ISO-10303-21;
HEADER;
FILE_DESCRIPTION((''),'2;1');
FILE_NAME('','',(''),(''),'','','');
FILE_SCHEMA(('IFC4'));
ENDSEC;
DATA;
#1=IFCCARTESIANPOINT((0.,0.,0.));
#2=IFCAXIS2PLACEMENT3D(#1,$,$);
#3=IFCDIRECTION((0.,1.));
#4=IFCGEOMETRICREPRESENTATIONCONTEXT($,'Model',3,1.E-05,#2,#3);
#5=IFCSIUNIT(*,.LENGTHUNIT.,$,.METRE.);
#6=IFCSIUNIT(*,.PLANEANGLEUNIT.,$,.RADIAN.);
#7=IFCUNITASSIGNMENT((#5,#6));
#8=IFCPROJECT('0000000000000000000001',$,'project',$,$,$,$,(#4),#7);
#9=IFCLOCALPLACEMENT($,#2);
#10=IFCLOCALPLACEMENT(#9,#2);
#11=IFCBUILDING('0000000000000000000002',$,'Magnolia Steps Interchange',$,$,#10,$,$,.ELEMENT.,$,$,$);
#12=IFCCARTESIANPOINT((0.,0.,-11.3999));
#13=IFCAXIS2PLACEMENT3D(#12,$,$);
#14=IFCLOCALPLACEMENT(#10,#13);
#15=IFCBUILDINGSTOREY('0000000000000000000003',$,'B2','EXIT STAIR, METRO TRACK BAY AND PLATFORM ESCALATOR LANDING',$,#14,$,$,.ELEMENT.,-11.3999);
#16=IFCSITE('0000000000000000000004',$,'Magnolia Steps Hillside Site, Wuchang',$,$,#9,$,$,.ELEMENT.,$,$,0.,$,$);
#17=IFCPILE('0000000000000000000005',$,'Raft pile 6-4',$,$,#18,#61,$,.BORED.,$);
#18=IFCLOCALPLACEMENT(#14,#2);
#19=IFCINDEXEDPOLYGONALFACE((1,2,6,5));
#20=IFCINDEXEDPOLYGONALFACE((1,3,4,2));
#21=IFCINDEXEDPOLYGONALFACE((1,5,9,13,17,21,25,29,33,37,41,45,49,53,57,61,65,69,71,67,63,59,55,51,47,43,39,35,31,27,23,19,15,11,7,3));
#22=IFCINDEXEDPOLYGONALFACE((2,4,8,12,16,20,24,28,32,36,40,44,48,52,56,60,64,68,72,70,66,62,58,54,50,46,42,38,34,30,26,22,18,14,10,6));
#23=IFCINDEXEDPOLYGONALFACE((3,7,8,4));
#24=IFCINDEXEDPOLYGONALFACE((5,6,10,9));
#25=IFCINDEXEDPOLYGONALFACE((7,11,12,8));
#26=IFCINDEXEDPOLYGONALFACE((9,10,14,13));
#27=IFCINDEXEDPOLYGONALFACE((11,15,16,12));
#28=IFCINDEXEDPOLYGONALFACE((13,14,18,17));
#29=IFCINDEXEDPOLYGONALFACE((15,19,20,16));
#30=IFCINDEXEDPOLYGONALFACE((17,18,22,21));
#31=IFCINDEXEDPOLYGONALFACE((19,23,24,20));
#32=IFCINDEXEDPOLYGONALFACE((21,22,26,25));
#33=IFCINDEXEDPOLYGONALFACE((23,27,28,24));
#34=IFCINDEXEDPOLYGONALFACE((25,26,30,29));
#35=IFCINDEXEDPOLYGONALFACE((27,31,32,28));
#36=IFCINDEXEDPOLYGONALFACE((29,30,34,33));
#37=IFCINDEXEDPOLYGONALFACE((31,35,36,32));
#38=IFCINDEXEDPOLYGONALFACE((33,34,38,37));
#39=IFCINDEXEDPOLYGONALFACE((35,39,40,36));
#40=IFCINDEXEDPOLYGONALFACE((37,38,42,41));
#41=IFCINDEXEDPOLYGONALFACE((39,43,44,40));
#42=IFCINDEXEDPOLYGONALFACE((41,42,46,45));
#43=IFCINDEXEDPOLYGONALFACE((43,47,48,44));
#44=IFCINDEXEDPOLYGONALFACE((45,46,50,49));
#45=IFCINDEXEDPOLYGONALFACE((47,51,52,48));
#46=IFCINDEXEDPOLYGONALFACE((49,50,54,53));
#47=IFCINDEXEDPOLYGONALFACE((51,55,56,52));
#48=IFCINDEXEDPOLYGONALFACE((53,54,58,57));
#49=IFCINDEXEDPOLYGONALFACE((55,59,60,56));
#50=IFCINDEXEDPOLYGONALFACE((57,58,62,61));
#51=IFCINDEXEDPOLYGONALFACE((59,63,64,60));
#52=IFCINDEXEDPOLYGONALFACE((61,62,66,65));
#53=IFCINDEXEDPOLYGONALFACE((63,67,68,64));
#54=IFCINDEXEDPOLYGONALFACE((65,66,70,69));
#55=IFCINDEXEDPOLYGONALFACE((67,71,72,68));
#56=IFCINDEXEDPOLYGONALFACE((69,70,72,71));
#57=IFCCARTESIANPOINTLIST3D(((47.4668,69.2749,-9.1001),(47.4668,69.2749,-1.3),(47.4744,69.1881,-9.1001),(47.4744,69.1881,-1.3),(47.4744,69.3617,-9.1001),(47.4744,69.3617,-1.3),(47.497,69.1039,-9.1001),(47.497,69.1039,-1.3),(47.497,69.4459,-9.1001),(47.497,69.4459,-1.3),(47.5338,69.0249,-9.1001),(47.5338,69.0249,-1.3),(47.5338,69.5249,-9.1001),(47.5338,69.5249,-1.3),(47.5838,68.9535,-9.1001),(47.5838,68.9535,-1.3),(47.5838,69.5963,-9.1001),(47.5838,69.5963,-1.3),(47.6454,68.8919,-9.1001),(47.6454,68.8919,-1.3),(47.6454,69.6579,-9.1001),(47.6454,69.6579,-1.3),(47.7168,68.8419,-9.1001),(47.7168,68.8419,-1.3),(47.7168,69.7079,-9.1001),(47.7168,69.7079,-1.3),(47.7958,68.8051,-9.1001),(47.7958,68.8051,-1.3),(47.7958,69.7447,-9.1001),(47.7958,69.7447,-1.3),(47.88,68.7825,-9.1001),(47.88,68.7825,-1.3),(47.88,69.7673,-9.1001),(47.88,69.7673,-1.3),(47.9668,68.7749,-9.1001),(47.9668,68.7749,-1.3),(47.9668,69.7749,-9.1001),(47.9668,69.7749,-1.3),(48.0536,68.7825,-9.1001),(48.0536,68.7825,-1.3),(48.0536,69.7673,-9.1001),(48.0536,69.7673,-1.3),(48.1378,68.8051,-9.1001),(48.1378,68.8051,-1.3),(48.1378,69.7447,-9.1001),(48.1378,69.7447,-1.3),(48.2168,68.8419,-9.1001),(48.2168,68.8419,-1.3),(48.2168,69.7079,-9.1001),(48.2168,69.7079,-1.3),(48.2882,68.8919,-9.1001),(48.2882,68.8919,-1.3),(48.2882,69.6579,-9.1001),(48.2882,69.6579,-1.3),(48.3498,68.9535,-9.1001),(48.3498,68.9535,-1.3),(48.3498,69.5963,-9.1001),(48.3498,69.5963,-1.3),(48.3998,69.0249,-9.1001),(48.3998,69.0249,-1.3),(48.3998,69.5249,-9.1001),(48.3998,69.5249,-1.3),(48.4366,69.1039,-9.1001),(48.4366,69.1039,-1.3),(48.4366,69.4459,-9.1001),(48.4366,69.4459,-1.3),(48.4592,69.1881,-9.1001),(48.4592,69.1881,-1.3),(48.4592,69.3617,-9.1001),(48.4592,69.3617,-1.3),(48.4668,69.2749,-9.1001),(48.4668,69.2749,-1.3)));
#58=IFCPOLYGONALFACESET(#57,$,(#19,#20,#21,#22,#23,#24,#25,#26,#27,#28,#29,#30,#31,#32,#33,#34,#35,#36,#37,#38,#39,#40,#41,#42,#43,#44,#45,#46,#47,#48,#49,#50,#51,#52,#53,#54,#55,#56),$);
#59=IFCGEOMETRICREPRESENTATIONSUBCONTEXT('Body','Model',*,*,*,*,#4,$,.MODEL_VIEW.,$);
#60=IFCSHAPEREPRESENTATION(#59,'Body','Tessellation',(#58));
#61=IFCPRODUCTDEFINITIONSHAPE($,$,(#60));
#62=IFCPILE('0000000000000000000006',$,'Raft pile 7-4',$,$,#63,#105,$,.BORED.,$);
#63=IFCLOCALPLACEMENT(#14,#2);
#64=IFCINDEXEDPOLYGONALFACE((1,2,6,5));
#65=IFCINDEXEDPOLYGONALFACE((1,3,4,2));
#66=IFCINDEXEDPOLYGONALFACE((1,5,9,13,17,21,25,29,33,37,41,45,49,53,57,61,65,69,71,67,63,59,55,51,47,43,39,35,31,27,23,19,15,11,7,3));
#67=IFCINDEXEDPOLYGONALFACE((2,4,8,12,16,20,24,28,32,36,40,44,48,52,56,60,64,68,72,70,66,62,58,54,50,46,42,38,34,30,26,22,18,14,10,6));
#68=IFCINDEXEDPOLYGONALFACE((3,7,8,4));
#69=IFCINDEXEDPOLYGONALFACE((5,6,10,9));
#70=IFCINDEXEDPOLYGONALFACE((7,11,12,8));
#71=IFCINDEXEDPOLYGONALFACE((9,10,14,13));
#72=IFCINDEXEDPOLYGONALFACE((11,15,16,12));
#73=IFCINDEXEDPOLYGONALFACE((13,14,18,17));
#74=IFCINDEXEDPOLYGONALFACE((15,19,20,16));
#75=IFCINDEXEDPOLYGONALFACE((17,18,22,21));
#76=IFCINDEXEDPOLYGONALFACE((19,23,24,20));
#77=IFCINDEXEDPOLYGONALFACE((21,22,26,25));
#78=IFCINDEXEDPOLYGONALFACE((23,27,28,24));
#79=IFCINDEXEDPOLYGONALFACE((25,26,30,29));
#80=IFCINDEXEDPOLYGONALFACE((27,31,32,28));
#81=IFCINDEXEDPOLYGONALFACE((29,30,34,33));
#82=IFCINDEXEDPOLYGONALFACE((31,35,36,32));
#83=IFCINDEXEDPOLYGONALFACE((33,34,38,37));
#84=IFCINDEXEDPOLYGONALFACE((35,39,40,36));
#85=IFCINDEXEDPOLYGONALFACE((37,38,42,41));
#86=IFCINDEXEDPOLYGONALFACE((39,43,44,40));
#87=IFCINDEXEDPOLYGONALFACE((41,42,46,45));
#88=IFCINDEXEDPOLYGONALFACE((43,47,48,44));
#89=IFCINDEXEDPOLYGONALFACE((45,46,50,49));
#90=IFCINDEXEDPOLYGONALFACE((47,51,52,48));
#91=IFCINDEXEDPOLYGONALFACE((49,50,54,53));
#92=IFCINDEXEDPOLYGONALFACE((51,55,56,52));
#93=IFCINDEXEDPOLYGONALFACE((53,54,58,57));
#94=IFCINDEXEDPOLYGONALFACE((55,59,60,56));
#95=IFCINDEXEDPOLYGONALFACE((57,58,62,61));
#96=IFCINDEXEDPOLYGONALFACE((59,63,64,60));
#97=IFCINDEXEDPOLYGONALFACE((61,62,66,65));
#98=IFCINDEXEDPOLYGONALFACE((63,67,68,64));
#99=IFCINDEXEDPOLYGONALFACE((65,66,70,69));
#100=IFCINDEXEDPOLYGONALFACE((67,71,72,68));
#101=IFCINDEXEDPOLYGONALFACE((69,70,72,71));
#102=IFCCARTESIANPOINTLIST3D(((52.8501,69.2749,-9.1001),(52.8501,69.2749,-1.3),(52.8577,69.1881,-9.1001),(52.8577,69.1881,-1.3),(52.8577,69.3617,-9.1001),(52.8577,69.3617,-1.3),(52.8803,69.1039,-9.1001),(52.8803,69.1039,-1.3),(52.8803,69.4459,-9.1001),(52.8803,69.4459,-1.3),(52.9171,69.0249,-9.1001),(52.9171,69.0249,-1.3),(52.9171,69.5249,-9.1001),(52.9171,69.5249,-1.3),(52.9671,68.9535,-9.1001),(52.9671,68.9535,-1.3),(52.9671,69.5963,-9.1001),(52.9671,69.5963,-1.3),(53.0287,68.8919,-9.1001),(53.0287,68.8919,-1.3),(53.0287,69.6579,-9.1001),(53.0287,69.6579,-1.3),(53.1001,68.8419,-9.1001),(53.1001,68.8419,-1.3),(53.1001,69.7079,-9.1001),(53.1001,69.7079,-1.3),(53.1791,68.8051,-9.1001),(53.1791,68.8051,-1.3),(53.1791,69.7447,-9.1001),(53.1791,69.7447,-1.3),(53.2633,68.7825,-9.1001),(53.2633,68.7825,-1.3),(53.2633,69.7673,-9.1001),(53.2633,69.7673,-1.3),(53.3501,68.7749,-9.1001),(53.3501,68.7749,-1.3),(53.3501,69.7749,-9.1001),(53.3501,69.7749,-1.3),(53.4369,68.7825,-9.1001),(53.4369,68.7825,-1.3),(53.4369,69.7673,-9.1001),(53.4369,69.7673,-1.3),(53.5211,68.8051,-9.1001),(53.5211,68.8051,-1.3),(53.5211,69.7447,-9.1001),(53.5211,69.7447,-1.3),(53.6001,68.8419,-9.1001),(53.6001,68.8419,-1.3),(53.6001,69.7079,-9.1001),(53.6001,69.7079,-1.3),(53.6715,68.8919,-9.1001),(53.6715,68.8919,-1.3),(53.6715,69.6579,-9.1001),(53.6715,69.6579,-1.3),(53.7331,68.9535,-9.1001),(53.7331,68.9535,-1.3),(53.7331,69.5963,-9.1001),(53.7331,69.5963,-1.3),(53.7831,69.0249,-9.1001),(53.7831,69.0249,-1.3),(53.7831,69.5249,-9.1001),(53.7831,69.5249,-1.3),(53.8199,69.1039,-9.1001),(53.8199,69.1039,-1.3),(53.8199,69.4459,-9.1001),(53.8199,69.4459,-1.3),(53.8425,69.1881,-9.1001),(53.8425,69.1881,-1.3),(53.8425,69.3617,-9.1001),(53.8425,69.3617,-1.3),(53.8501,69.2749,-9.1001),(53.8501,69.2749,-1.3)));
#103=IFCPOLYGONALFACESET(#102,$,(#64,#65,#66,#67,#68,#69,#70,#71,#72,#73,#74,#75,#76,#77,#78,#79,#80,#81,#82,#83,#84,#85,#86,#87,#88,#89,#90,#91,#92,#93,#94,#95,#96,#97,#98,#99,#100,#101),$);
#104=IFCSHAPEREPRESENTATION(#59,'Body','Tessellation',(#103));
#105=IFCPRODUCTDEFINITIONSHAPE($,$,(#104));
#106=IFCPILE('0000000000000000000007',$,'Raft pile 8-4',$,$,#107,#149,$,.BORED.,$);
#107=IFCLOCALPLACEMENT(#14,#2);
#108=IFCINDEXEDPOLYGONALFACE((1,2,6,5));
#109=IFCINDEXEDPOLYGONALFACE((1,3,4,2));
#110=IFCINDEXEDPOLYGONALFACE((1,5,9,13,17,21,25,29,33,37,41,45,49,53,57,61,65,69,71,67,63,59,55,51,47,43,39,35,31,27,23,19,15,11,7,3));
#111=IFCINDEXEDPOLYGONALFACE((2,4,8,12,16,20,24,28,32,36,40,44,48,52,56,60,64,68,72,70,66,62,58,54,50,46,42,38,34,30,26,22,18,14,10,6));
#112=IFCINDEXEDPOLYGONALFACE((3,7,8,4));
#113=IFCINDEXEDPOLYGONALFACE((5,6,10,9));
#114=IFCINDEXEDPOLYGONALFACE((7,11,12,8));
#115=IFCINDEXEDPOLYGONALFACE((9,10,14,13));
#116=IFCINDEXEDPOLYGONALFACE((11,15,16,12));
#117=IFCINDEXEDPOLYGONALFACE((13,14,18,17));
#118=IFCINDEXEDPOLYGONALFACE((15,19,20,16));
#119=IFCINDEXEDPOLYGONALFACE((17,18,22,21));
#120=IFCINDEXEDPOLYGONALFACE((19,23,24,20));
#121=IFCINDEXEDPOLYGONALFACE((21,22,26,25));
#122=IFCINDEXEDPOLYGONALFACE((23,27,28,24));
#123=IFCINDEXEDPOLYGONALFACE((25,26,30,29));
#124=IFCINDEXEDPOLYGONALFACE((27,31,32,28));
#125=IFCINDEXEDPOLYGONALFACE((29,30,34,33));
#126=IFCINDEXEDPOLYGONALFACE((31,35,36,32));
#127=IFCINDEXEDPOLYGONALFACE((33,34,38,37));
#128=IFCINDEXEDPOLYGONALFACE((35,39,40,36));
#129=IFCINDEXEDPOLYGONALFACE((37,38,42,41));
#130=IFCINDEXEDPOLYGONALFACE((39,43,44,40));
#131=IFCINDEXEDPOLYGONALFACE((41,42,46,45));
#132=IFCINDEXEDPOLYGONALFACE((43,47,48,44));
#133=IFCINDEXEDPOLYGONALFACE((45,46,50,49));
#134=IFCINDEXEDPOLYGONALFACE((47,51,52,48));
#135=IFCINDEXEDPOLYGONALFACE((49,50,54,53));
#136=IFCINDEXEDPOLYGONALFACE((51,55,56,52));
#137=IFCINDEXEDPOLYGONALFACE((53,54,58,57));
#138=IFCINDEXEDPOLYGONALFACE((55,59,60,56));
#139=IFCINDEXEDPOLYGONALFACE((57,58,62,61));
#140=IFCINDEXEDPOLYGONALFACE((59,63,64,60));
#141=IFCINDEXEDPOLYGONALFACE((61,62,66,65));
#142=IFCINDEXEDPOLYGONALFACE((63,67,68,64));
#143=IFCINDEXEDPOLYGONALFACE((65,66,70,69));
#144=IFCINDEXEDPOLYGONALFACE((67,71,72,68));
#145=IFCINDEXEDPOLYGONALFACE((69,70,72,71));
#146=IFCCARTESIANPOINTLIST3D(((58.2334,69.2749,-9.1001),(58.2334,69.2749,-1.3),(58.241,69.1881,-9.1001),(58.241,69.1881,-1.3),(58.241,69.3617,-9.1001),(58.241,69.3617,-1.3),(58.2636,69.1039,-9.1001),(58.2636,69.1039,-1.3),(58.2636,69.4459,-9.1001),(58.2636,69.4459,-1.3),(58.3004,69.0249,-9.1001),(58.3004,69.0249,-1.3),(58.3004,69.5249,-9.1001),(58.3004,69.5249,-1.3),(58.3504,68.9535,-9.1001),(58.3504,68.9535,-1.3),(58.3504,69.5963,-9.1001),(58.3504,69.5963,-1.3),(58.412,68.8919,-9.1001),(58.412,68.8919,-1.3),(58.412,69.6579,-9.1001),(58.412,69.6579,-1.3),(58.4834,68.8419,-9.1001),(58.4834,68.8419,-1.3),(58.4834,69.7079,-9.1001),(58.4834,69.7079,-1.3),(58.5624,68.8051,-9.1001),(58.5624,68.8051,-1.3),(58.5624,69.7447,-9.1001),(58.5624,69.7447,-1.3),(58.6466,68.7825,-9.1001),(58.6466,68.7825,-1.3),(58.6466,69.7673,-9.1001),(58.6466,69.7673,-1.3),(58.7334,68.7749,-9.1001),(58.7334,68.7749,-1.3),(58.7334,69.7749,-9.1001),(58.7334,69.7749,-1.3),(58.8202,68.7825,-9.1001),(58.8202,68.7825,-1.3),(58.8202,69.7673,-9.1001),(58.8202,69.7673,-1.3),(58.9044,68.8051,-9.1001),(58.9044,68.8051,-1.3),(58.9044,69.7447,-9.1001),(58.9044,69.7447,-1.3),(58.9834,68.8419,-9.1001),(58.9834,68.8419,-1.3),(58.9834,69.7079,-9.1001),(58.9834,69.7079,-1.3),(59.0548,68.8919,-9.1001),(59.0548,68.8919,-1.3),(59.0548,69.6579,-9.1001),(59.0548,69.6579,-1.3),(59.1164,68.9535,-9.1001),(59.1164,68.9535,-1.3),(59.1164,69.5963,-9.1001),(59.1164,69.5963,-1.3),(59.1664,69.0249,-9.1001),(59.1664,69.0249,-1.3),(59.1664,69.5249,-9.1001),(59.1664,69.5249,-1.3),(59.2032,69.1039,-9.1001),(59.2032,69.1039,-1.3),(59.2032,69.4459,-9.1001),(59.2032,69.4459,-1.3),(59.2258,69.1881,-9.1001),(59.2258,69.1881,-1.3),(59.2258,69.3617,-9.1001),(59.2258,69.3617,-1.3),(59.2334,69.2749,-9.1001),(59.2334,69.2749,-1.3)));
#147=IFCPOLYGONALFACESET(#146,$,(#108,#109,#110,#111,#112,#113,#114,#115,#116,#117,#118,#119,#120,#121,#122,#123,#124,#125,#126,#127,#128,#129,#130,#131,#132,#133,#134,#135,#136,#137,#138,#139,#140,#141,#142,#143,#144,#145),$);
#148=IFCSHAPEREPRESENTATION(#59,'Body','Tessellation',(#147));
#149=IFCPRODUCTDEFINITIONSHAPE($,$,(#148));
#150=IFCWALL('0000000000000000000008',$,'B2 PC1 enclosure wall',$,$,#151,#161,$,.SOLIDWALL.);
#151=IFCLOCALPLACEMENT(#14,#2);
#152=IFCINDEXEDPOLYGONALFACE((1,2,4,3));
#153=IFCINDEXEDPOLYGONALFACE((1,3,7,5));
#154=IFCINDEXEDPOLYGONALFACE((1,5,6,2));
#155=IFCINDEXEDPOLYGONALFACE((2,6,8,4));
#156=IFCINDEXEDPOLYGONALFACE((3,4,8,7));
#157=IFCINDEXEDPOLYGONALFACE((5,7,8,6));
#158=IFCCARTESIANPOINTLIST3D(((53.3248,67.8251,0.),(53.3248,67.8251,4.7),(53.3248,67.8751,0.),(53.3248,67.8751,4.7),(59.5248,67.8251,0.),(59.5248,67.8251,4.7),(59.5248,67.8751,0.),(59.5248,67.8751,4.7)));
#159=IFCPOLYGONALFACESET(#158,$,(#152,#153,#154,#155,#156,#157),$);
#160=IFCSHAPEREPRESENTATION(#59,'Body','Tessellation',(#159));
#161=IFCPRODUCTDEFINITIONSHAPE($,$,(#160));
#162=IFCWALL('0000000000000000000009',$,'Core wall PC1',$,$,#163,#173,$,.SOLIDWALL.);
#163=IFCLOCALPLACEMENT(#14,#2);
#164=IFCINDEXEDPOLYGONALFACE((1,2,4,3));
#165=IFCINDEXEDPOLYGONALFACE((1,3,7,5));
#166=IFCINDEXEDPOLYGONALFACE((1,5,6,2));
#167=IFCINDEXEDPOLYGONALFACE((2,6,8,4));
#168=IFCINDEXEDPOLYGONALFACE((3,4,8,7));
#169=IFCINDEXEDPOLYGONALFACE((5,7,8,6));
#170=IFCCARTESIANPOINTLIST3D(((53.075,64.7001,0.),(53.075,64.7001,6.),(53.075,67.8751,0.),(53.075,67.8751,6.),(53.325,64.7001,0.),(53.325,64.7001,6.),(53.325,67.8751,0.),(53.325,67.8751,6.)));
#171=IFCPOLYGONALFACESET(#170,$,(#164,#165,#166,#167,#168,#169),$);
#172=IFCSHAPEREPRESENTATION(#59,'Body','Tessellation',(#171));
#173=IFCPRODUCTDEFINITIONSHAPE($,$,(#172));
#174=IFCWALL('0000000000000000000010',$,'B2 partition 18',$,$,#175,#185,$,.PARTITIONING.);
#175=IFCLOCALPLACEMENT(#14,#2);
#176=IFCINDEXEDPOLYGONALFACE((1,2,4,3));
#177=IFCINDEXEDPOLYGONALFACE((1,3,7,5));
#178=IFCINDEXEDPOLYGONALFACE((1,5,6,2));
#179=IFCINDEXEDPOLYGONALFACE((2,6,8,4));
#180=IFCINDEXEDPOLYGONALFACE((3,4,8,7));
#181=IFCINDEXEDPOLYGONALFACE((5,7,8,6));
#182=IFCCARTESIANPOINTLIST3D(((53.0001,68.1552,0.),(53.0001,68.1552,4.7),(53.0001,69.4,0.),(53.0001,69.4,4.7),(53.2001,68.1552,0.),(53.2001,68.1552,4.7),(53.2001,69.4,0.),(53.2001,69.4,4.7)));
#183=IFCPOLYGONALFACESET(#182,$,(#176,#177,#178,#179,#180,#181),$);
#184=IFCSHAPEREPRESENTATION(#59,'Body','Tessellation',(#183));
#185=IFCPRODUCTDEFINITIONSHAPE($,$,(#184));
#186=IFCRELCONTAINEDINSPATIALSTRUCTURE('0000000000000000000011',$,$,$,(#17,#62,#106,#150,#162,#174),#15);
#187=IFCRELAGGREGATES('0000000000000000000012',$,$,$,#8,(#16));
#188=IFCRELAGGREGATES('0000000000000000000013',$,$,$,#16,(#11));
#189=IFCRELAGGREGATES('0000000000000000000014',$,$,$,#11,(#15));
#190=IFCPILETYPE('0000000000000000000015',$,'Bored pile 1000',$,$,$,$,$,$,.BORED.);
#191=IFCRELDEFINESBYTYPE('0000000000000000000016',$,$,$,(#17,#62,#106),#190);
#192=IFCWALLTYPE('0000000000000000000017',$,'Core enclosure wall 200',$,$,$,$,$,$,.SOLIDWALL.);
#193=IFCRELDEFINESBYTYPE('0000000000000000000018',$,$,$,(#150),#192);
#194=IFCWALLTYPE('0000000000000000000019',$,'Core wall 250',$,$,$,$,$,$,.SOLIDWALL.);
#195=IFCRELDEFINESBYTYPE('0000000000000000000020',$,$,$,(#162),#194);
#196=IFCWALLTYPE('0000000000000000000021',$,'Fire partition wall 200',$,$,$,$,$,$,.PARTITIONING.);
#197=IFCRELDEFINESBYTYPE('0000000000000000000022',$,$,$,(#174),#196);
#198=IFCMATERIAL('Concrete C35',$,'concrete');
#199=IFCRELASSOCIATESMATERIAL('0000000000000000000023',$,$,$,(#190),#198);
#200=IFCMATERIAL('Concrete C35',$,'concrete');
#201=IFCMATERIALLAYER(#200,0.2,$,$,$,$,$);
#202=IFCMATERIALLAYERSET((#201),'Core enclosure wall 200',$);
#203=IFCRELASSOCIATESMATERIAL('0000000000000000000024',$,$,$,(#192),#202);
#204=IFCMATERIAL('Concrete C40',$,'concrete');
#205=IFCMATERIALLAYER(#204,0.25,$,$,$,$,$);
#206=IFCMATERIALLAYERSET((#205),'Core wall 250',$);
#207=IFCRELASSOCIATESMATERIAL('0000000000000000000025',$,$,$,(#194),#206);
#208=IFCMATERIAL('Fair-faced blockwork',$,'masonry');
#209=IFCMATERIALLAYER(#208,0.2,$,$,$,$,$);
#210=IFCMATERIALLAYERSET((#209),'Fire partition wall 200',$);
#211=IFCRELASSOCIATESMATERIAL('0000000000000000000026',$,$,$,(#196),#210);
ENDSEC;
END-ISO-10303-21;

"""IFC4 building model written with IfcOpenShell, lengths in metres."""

from ifc_helpers import new_model, si_unit, direction, frame, frame_2d, origin, origin_2d, place, context, subcontext, project, spatial, rectangle, circle, extrude, material, layer, layer_set, material_profile, profile_set, type_object, element, save


model = new_model("IFC4")

# Units and contexts
model_context = context("Model", 3, precision=1e-05, world=origin(), true_north=direction((0.0, 1.0)))
body_context = subcontext(model_context, "Body", "Model", "MODEL_VIEW")
ifc_project = project(units=[si_unit("LENGTHUNIT", "METRE"), si_unit("PLANEANGLEUNIT", "RADIAN")], contexts=[model_context])

# Site, building, storey
site_placement = place(None, origin())
site = spatial("IfcSite", under=ifc_project, at=site_placement, Name="Magnolia Steps Hillside Site, Wuchang", CompositionType="ELEMENT", RefElevation=0.0)
building_placement = place(site_placement, origin())
building = spatial("IfcBuilding", under=site, at=building_placement, Name="Magnolia Steps Interchange", CompositionType="ELEMENT")
storey_placement = place(building_placement, frame((0.0, 0.0, -11.3999)))
storey = spatial("IfcBuildingStorey", under=building, at=storey_placement, Name="B2", Description="EXIT STAIR, METRO TRACK BAY AND PLATFORM ESCALATOR LANDING", CompositionType="ELEMENT", Elevation=-11.3999)

# Piles
ifc_material_1 = material(Name="Concrete C35", Category="concrete")
ifc_material_profile = material_profile(ifc_material_1, circle(Radius=0.5, at=origin_2d()), Name="Bored pile 1000")
ifc_profile_set = profile_set([ifc_material_profile], Name="Concrete C35")
pile_type = type_object("IfcPileType", Name="Bored pile 1000", PredefinedType="BORED", material=ifc_profile_set)
for number, where, z_axis, x_axis, name in (
    (1, (47.9668, 69.2749, -1.3), (0.0, 0.0, -1.0), (1.0, 0.0, 0.0), "Raft pile 6-4"),
    (2, (53.3501, 69.2749, -1.3), (0.0, 0.0, -1.0), (1.0, 0.0, 0.0), "Raft pile 7-4"),
    (3, (58.7334, 69.2749, -1.3), (0.0, 0.0, -1.0), (1.0, 0.0, 0.0), "Raft pile 8-4"),
):
    element("IfcPile", number, at=place(storey_placement, frame(where, z_axis=z_axis, x_axis=x_axis)), inside=storey, type_object=pile_type, Name=name, PredefinedType="BORED", context=body_context, shape_type="SweptSolid", body=[
        extrude(circle(Radius=0.5, at=origin_2d()), origin(), (0.0, 0.0, 1.0), 7.8),
    ])

# Walls
ifc_material_2 = material(Name="Concrete C35", Category="concrete")
ifc_layer_1 = layer(ifc_material_2, 0.2)
ifc_layer_set_1 = layer_set([ifc_layer_1], Name="Core enclosure wall 200")
wall_type_1 = type_object("IfcWallType", Name="Core enclosure wall 200", PredefinedType="SOLIDWALL", material=ifc_layer_set_1)
wall_1_placement = place(storey_placement, frame((59.5249, 67.8501, 0.0), z_axis=(0.0, 0.0, 1.0), x_axis=(-1.0, 0.0, 0.0)))
element("IfcWall", 4, at=wall_1_placement, inside=storey, type_object=wall_type_1, Name="B2 PC1 enclosure wall", PredefinedType="SOLIDWALL", context=body_context, shape_type="SweptSolid", body=[
    extrude(rectangle(XDim=6.2, YDim=0.05, at=frame_2d((3.1001, 0.0))), origin(), (0.0, 0.0, 1.0), 4.7),
])
ifc_material_3 = material(Name="Concrete C40", Category="concrete")
ifc_layer_2 = layer(ifc_material_3, 0.25)
ifc_layer_set_2 = layer_set([ifc_layer_2], Name="Core wall 250")
wall_type_2 = type_object("IfcWallType", Name="Core wall 250", PredefinedType="SOLIDWALL", material=ifc_layer_set_2)
wall_2_placement = place(storey_placement, frame((53.2, 67.875, 0.0), z_axis=(0.0, 0.0, 1.0), x_axis=(0.0, -1.0, 0.0)))
element("IfcWall", 5, at=wall_2_placement, inside=storey, type_object=wall_type_2, Name="Core wall PC1", PredefinedType="SOLIDWALL", context=body_context, shape_type="SweptSolid", body=[
    extrude(rectangle(XDim=3.175, YDim=0.25, at=frame_2d((1.5874, 0.0))), origin(), (0.0, 0.0, 1.0), 6.0),
])
ifc_material_4 = material(Name="Fair-faced blockwork", Category="masonry")
ifc_layer_3 = layer(ifc_material_4, 0.2)
ifc_layer_set_3 = layer_set([ifc_layer_3], Name="Fire partition wall 200")
wall_type_3 = type_object("IfcWallType", Name="Fire partition wall 200", PredefinedType="PARTITIONING", material=ifc_layer_set_3)
wall_3_placement = place(storey_placement, frame((53.1001, 68.155, 0.0), z_axis=(0.0, 0.0, 1.0), x_axis=(0.0, 1.0, 0.0)))
element("IfcWall", 6, at=wall_3_placement, inside=storey, type_object=wall_type_3, Name="B2 partition 18", PredefinedType="PARTITIONING", context=body_context, shape_type="SweptSolid", body=[
    extrude(rectangle(XDim=1.2449, YDim=0.2, at=frame_2d((0.6226, 0.0))), origin(), (0.0, 0.0, 1.0), 4.7),
])

save(model, "model.ifc")
